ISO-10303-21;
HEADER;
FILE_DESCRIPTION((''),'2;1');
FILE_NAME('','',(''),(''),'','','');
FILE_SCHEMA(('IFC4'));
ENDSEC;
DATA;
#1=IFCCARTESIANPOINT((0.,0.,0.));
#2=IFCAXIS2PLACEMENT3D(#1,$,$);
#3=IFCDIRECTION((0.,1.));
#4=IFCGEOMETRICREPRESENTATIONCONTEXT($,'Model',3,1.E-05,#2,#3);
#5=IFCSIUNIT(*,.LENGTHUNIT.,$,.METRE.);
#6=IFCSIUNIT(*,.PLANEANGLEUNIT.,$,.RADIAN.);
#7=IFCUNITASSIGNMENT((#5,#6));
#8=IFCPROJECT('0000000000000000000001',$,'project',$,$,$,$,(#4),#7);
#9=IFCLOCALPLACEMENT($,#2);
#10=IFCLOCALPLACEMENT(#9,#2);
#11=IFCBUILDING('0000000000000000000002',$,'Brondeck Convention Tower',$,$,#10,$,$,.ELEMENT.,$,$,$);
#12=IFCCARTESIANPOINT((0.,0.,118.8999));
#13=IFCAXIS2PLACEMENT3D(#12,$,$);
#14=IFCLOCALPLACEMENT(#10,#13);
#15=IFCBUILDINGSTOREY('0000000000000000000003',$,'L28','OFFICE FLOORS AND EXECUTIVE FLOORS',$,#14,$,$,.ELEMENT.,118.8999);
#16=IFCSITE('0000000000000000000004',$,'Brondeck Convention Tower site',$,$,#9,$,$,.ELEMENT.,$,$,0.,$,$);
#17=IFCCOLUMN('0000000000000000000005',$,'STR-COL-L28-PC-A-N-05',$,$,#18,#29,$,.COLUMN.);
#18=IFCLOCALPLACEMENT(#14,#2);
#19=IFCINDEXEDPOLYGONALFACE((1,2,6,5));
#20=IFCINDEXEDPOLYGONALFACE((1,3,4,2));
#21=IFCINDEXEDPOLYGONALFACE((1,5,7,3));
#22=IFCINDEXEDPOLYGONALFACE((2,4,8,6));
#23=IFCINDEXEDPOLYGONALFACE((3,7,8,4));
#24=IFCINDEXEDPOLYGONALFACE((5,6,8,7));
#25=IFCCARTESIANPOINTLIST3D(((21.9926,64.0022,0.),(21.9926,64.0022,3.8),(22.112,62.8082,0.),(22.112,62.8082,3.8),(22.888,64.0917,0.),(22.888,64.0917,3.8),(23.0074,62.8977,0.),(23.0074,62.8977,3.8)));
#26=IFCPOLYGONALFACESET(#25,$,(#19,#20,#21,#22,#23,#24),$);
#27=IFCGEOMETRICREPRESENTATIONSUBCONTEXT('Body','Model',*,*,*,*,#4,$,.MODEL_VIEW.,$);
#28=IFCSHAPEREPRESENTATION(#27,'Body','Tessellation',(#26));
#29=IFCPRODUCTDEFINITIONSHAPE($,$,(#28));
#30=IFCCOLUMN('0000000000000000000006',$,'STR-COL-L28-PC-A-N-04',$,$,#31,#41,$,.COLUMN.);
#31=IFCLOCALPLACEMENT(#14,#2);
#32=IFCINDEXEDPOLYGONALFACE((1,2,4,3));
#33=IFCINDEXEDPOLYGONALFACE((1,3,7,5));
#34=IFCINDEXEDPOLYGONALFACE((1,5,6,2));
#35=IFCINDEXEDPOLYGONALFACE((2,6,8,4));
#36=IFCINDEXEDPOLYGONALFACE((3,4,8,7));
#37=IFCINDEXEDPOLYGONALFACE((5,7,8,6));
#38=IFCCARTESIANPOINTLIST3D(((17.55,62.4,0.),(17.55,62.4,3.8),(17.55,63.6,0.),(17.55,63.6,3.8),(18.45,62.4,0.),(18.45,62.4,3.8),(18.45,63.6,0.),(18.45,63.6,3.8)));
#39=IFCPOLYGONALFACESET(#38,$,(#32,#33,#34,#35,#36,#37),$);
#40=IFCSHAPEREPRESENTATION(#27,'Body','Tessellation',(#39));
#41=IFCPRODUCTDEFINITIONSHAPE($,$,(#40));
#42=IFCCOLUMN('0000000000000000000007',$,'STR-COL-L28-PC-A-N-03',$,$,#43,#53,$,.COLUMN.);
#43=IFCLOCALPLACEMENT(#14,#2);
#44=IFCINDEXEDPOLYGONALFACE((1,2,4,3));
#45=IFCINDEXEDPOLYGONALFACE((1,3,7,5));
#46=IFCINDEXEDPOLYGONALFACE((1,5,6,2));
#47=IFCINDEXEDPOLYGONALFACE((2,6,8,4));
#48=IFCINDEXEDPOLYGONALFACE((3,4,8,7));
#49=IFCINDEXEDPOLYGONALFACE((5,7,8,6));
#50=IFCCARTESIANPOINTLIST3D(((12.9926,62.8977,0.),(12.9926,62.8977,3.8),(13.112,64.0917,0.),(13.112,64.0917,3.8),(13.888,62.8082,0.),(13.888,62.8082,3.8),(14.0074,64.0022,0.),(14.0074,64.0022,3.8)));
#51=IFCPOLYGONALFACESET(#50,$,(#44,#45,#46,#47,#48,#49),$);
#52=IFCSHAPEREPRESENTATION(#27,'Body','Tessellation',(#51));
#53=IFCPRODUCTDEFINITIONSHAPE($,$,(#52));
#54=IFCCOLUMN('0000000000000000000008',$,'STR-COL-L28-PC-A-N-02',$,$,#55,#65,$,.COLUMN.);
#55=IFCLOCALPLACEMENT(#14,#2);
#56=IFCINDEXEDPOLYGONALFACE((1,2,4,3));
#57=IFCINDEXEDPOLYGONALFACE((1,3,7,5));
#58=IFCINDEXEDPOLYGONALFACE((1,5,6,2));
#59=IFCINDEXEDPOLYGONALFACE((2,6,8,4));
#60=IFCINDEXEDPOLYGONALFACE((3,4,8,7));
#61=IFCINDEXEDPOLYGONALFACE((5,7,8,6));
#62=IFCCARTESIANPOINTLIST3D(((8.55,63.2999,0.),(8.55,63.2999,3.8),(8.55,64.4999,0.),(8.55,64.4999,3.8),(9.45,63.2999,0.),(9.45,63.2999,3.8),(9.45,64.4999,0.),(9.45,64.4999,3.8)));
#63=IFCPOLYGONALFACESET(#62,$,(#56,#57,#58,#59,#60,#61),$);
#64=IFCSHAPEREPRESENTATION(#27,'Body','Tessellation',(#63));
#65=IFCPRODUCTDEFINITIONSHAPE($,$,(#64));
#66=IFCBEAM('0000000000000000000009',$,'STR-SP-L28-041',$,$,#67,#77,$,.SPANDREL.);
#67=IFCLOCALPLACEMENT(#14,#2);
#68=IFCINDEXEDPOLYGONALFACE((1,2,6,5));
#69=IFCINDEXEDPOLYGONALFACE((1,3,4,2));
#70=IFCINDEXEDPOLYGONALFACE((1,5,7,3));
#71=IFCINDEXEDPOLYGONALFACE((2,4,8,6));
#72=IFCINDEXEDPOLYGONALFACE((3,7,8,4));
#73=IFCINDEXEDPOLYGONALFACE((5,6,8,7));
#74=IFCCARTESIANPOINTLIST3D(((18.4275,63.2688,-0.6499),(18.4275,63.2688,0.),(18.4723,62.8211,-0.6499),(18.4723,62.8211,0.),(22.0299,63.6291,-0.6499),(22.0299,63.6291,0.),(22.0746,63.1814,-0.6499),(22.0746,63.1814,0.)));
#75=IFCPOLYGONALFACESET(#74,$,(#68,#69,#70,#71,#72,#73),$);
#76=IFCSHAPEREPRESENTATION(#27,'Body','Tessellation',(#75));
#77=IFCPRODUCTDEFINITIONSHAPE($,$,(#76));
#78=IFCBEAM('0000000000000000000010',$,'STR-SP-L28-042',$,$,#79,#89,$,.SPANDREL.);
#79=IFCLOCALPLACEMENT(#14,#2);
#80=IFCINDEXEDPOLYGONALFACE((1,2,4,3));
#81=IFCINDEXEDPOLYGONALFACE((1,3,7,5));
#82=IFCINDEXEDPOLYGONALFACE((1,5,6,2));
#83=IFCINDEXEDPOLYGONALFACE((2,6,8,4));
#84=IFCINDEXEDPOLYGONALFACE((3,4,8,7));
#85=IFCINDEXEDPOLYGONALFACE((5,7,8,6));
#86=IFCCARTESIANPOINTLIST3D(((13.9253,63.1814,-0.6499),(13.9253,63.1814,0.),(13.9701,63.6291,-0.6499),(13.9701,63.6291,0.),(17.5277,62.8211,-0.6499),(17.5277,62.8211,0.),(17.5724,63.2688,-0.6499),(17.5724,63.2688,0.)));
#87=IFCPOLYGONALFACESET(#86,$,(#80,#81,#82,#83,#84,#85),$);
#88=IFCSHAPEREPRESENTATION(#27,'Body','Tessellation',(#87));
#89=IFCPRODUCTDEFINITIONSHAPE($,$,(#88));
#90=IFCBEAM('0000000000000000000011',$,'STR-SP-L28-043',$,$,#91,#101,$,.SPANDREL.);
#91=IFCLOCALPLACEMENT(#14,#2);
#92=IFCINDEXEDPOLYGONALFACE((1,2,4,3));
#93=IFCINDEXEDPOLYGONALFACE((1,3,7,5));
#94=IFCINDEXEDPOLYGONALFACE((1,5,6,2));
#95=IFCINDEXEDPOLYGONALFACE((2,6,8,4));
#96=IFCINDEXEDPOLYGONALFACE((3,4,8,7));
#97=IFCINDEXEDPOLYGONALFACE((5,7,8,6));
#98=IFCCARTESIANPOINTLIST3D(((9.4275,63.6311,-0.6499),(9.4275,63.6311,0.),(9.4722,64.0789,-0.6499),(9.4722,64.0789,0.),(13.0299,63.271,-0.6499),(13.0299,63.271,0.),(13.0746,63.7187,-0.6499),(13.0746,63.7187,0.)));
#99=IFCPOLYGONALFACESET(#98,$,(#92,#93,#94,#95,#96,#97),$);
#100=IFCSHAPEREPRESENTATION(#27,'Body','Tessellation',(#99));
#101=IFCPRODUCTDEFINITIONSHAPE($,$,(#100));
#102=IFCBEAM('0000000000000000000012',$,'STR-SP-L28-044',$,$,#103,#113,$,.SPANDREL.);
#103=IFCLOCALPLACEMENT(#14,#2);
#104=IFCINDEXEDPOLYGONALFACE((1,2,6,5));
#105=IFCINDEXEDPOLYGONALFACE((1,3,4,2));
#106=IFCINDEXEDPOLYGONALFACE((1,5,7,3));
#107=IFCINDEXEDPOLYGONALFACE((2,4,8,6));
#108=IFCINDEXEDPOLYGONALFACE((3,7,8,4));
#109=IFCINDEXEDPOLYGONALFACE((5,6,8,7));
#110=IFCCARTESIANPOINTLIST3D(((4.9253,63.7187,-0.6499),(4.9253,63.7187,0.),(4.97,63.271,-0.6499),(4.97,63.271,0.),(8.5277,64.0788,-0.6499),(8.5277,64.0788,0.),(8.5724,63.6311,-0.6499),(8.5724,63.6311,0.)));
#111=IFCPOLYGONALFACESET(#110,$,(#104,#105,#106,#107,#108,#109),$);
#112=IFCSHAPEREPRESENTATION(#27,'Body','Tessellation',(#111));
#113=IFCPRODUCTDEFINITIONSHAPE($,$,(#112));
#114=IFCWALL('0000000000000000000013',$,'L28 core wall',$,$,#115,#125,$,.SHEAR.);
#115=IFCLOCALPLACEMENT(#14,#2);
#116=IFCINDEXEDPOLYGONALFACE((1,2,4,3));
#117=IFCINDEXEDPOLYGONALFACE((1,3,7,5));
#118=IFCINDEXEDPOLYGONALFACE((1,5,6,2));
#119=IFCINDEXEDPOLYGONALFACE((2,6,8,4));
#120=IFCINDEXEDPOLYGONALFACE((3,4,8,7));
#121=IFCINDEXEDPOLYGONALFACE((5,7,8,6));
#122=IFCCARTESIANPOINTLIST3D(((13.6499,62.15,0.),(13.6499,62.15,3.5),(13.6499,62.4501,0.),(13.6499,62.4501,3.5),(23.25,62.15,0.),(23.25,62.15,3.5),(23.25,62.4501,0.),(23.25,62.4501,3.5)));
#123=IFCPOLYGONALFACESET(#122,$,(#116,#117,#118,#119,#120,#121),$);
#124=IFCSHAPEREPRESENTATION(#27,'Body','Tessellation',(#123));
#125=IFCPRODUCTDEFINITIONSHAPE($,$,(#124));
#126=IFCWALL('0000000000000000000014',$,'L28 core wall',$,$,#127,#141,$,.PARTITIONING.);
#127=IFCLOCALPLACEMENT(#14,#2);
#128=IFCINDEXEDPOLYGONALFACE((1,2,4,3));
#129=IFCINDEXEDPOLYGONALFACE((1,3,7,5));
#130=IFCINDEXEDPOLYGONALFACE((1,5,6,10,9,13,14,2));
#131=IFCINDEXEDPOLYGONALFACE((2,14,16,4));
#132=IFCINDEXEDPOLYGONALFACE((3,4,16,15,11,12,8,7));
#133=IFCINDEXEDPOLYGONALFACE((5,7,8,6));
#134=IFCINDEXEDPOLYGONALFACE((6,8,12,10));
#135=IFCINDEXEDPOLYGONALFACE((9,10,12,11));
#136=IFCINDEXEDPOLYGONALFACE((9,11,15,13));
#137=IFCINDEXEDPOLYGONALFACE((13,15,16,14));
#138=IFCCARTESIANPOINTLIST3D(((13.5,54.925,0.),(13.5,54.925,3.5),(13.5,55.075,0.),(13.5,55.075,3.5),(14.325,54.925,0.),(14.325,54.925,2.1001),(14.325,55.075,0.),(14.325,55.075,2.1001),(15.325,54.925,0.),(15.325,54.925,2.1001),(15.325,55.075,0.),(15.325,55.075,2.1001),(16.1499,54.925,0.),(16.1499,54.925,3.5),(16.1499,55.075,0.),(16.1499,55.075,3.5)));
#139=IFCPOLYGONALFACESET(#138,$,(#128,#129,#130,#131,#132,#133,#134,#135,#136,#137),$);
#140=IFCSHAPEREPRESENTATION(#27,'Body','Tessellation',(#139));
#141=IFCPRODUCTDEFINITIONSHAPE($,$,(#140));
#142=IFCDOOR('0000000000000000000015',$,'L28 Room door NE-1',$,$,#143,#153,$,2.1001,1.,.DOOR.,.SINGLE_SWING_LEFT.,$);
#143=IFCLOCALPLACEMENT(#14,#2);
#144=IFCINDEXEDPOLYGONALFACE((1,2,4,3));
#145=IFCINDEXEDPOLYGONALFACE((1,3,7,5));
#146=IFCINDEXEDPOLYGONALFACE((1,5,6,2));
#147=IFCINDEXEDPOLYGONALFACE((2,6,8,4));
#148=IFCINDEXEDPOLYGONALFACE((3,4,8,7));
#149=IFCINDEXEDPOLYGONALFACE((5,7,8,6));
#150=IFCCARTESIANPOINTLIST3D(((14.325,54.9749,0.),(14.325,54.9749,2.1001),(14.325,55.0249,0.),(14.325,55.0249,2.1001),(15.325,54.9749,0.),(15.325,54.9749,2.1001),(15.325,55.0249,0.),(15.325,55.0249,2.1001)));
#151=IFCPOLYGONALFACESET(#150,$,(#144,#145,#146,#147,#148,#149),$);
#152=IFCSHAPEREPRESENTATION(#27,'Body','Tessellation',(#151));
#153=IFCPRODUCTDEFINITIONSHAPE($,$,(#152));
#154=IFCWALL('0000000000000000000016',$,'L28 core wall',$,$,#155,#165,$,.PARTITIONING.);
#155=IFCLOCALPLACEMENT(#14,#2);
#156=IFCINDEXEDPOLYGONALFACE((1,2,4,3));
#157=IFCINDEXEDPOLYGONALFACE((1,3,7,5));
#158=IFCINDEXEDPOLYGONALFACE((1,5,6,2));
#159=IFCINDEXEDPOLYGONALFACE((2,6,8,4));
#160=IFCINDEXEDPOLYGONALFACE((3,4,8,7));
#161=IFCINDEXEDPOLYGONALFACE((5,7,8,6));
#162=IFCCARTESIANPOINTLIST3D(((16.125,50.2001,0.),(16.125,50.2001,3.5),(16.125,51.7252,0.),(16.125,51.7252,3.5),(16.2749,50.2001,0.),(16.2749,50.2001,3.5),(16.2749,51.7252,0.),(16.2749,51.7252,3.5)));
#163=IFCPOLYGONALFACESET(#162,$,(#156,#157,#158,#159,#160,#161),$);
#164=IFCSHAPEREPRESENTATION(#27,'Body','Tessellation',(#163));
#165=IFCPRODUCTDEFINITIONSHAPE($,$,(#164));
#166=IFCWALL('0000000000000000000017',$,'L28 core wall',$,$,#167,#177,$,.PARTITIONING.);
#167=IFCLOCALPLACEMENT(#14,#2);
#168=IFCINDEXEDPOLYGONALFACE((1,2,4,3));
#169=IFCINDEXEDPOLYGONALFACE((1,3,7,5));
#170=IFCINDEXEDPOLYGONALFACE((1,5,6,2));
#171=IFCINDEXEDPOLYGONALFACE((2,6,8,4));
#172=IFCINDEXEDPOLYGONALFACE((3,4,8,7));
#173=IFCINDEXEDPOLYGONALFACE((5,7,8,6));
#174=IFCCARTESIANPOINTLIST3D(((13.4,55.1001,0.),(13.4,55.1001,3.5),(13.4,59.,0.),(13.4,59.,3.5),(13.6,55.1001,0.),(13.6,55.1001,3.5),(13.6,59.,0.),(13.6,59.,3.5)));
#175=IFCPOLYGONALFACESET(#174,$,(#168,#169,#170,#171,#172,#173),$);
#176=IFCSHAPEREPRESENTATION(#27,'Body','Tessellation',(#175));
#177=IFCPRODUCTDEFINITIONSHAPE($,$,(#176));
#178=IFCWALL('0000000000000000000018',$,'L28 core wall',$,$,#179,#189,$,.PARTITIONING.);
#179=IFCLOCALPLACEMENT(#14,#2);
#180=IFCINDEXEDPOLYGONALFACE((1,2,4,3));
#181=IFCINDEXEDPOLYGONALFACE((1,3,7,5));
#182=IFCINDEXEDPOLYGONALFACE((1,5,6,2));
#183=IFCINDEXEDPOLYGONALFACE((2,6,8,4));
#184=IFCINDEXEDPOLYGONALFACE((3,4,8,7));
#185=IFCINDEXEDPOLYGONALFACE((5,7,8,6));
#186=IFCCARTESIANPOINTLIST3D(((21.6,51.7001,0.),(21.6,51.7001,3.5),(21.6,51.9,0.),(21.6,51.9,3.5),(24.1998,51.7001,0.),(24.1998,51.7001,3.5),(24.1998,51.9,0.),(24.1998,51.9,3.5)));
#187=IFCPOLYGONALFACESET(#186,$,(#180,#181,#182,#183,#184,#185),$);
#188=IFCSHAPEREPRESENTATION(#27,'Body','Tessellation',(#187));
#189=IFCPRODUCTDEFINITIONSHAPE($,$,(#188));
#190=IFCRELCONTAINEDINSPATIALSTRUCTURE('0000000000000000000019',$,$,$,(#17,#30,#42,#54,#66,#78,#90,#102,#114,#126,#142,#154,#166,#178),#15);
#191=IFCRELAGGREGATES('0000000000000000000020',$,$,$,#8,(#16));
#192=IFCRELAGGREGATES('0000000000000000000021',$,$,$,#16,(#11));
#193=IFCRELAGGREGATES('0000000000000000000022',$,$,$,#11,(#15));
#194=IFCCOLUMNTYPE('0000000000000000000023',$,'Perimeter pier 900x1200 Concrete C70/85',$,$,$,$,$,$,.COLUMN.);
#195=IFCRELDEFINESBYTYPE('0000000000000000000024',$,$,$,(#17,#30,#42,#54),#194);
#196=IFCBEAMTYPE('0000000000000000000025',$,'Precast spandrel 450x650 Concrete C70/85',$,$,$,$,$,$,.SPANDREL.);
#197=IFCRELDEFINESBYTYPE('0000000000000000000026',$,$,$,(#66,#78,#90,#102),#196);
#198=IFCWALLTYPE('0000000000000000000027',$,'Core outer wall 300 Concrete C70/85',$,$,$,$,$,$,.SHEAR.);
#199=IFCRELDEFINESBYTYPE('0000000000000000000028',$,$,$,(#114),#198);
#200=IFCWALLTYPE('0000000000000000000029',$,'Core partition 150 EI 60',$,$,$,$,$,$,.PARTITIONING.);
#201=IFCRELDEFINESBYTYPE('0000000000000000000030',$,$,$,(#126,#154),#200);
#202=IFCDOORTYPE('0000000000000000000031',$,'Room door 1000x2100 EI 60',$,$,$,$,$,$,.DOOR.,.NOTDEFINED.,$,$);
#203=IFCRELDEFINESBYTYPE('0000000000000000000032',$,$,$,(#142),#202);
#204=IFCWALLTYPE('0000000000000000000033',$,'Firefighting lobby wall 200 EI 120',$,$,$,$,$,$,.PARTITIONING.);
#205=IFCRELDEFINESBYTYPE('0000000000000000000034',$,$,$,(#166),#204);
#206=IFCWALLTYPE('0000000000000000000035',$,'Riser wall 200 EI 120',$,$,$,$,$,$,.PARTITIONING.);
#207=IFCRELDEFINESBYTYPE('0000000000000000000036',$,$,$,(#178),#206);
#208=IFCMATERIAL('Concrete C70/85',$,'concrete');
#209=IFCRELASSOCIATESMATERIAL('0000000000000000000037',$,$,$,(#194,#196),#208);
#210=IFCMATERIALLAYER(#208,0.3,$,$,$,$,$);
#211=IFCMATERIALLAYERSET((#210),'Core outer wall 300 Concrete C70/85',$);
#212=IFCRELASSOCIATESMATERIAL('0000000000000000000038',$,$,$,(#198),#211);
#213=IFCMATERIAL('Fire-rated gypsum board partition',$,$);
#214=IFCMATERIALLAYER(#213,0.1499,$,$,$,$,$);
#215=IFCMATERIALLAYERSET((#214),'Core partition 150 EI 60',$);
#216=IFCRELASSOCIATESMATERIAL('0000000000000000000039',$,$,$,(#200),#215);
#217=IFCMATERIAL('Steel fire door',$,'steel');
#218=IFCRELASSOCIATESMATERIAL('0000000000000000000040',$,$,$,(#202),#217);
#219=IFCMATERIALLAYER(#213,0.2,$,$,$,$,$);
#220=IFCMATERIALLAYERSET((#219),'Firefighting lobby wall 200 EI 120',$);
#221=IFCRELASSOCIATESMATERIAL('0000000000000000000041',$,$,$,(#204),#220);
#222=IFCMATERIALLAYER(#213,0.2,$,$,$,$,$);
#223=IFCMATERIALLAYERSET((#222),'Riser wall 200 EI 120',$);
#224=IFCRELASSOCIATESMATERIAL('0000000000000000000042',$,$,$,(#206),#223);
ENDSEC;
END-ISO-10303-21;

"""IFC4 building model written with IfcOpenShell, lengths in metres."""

from ifc_helpers import new_model, si_unit, direction, frame, frame_2d, origin, origin_2d, place, context, subcontext, project, spatial, rectangle, extrude, material, layer, layer_set, material_profile, profile_set, type_object, element, fill, save


model = new_model("IFC4")

# Units and contexts
model_context = context("Model", 3, precision=1e-05, world=origin(), true_north=direction((0.0, 1.0)))
body_context = subcontext(model_context, "Body", "Model", "MODEL_VIEW")
ifc_project = project(units=[si_unit("LENGTHUNIT", "METRE"), si_unit("PLANEANGLEUNIT", "RADIAN")], contexts=[model_context])

# Site, building, storey
site_placement = place(None, origin())
site = spatial("IfcSite", under=ifc_project, at=site_placement, Name="Brondeck Convention Tower site", CompositionType="ELEMENT", RefElevation=0.0)
building_placement = place(site_placement, origin())
building = spatial("IfcBuilding", under=site, at=building_placement, Name="Brondeck Convention Tower", CompositionType="ELEMENT")
storey_placement = place(building_placement, frame((0.0, 0.0, 118.8999)))
storey = spatial("IfcBuildingStorey", under=building, at=storey_placement, Name="L28", Description="OFFICE FLOORS AND EXECUTIVE FLOORS", CompositionType="ELEMENT", Elevation=118.8999)

# Columns
ifc_material_1 = material(Name="Concrete C70/85", Category="concrete")
ifc_material_profile_1 = material_profile(ifc_material_1, rectangle(XDim=0.8999, YDim=1.2, at=origin_2d()), Name="Perimeter pier 900x1200 Concrete C70/85")
ifc_profile_set_1 = profile_set([ifc_material_profile_1], Name="Concrete C70/85")
column_type = type_object("IfcColumnType", Name="Perimeter pier 900x1200 Concrete C70/85", PredefinedType="COLUMN", material=ifc_profile_set_1)
for number, where, z_axis, x_axis, name in (
    (1, (22.5, 63.45, 0.0), (0.0, 0.0, 1.0), (-0.995037, -0.099504, 0.0), "STR-COL-L28-PC-A-N-05"),
    (2, (18.0, 63.0, 0.0), (0.0, 0.0, 1.0), (-1.0, 0.0, 0.0), "STR-COL-L28-PC-A-N-04"),
    (3, (13.5, 63.45, 0.0), (0.0, 0.0, 1.0), (-0.995037, 0.099504, 0.0), "STR-COL-L28-PC-A-N-03"),
    (4, (9.0, 63.8999, 0.0), (0.0, 0.0, 1.0), (-1.0, 0.0, 0.0), "STR-COL-L28-PC-A-N-02"),
):
    element("IfcColumn", number, at=place(storey_placement, frame(where, z_axis=z_axis, x_axis=x_axis)), inside=storey, type_object=column_type, Name=name, PredefinedType="COLUMN", context=body_context, shape_type="SweptSolid", body=[
        extrude(rectangle(XDim=0.8999, YDim=1.2, at=origin_2d()), origin(), (0.0, 0.0, 1.0), 3.8),
    ])

# Beams
ifc_material_profile_2 = material_profile(ifc_material_1, rectangle(XDim=0.45, YDim=0.6499, at=origin_2d()), Name="Precast spandrel 450x650 Concrete C70/85")
ifc_profile_set_2 = profile_set([ifc_material_profile_2], Name="Concrete C70/85")
beam_type = type_object("IfcBeamType", Name="Precast spandrel 450x650 Concrete C70/85", PredefinedType="SPANDREL", material=ifc_profile_set_2)
for number, where, z_axis, x_axis, name in (
    (5, (22.0522, 63.4053, -0.325), (-0.995034, -0.099537, 0.0), (0.099537, -0.995034, 0.0), "STR-SP-L28-041"),
    (6, (17.55, 63.0449, -0.325), (-0.995034, 0.099537, 0.0), (-0.099537, -0.995034, 0.0), "STR-SP-L28-042"),
    (7, (13.0522, 63.4949, -0.325), (-0.995041, 0.09947, 0.0), (-0.09947, -0.995041, 0.0), "STR-SP-L28-043"),
    (8, (8.55, 63.855, -0.325), (-0.995041, -0.09947, 0.0), (0.09947, -0.995041, 0.0), "STR-SP-L28-044"),
):
    element("IfcBeam", number, at=place(storey_placement, frame(where, z_axis=z_axis, x_axis=x_axis)), inside=storey, type_object=beam_type, Name=name, PredefinedType="SPANDREL", context=body_context, shape_type="SweptSolid", body=[
        extrude(rectangle(XDim=0.45, YDim=0.6499, at=origin_2d()), origin(), (0.0, 0.0, 1.0), 3.6204),
    ])

# Wall
ifc_layer_1 = layer(ifc_material_1, 0.3)
ifc_layer_set_1 = layer_set([ifc_layer_1], Name="Core outer wall 300 Concrete C70/85")
wall_type_1 = type_object("IfcWallType", Name="Core outer wall 300 Concrete C70/85", PredefinedType="SHEAR", material=ifc_layer_set_1)
wall_1_placement = place(storey_placement, frame((13.6499, 62.3, 0.0), z_axis=(0.0, 0.0, 1.0), x_axis=(1.0, 0.0, 0.0)))
element("IfcWall", 9, at=wall_1_placement, inside=storey, type_object=wall_type_1, Name="L28 core wall", PredefinedType="SHEAR", context=body_context, shape_type="SweptSolid", body=[
    extrude(rectangle(XDim=9.6001, YDim=0.3, at=frame_2d((4.8, 0.0))), origin(), (0.0, 0.0, 1.0), 3.5),
])

# Wall, opening, door
ifc_material_2 = material(Name="Fire-rated gypsum board partition")
ifc_layer_2 = layer(ifc_material_2, 0.1499)
ifc_layer_set_2 = layer_set([ifc_layer_2], Name="Core partition 150 EI 60")
wall_type_2 = type_object("IfcWallType", Name="Core partition 150 EI 60", PredefinedType="PARTITIONING", material=ifc_layer_set_2)
wall_2_placement = place(storey_placement, frame((13.5, 55.0, 0.0), z_axis=(0.0, 0.0, 1.0), x_axis=(1.0, 0.0, 0.0)))
wall_2 = element("IfcWall", 10, at=wall_2_placement, inside=storey, type_object=wall_type_2, Name="L28 core wall", PredefinedType="PARTITIONING", context=body_context, shape_type="SweptSolid", body=[
    extrude(rectangle(XDim=2.6499, YDim=0.1499, at=frame_2d((1.325, 0.0))), origin(), (0.0, 0.0, 1.0), 3.5),
])
opening_1_placement = place(wall_2_placement, frame((0.825, 0.0, 0.0)))
opening_1 = element("IfcOpeningElement", 11, at=opening_1_placement, cuts=wall_2, PredefinedType="OPENING", context=body_context, shape_type="SweptSolid", body=[
    extrude(rectangle(XDim=1.0, YDim=2.1001, at=frame_2d((0.5, 1.05))), frame((0.0, 0.085, 0.0), z_axis=(0.0, -1.0, 0.0), x_axis=(1.0, 0.0, 0.0)), (0.0, 0.0, 1.0), 0.1699),
])
ifc_material_3 = material(Name="Steel fire door", Category="steel")
door_type_1 = type_object("IfcDoorType", Name="Room door 1000x2100 EI 60", OperationType="NOTDEFINED", PredefinedType="DOOR", material=ifc_material_3)
door_1_placement = place(opening_1_placement, origin())
door_1 = element("IfcDoor", 12, at=door_1_placement, inside=storey, type_object=door_type_1, Name="L28 Room door NE-1", OperationType="SINGLE_SWING_LEFT", OverallHeight=2.1001, OverallWidth=1.0, PredefinedType="DOOR", context=body_context, shape_type="SweptSolid", body=[
    extrude(rectangle(XDim=1.0, YDim=2.1001, at=frame_2d((0.5, 1.05))), frame((0.0, 0.0249, 0.0), z_axis=(0.0, -1.0, 0.0), x_axis=(1.0, 0.0, 0.0)), (0.0, 0.0, 1.0), 0.05),
])
fill(opening_1, door_1)

# Walls
wall_3_placement = place(storey_placement, frame((16.2, 50.2, 0.0), z_axis=(0.0, 0.0, 1.0), x_axis=(0.0, 1.0, 0.0)))
element("IfcWall", 13, at=wall_3_placement, inside=storey, type_object=wall_type_2, Name="L28 core wall", PredefinedType="PARTITIONING", context=body_context, shape_type="SweptSolid", body=[
    extrude(rectangle(XDim=1.5251, YDim=0.1499, at=frame_2d((0.7627, 0.0))), origin(), (0.0, 0.0, 1.0), 3.5),
])
ifc_layer_3 = layer(ifc_material_2, 0.2)
ifc_layer_set_3 = layer_set([ifc_layer_3], Name="Firefighting lobby wall 200 EI 120")
wall_type_3 = type_object("IfcWallType", Name="Firefighting lobby wall 200 EI 120", PredefinedType="PARTITIONING", material=ifc_layer_set_3)
wall_4_placement = place(storey_placement, frame((13.5, 55.1001, 0.0), z_axis=(0.0, 0.0, 1.0), x_axis=(0.0, 1.0, 0.0)))
element("IfcWall", 14, at=wall_4_placement, inside=storey, type_object=wall_type_3, Name="L28 core wall", PredefinedType="PARTITIONING", context=body_context, shape_type="SweptSolid", body=[
    extrude(rectangle(XDim=3.8999, YDim=0.2, at=frame_2d((1.95, 0.0))), origin(), (0.0, 0.0, 1.0), 3.5),
])
ifc_layer_4 = layer(ifc_material_2, 0.2)
ifc_layer_set_4 = layer_set([ifc_layer_4], Name="Riser wall 200 EI 120")
wall_type_4 = type_object("IfcWallType", Name="Riser wall 200 EI 120", PredefinedType="PARTITIONING", material=ifc_layer_set_4)
wall_5_placement = place(storey_placement, frame((21.6001, 51.8, 0.0), z_axis=(0.0, 0.0, 1.0), x_axis=(1.0, 0.0, 0.0)))
element("IfcWall", 15, at=wall_5_placement, inside=storey, type_object=wall_type_4, Name="L28 core wall", PredefinedType="PARTITIONING", context=body_context, shape_type="SweptSolid", body=[
    extrude(rectangle(XDim=2.5999, YDim=0.2, at=frame_2d((1.2998, 0.0))), origin(), (0.0, 0.0, 1.0), 3.5),
])

save(model, "model.ifc")
